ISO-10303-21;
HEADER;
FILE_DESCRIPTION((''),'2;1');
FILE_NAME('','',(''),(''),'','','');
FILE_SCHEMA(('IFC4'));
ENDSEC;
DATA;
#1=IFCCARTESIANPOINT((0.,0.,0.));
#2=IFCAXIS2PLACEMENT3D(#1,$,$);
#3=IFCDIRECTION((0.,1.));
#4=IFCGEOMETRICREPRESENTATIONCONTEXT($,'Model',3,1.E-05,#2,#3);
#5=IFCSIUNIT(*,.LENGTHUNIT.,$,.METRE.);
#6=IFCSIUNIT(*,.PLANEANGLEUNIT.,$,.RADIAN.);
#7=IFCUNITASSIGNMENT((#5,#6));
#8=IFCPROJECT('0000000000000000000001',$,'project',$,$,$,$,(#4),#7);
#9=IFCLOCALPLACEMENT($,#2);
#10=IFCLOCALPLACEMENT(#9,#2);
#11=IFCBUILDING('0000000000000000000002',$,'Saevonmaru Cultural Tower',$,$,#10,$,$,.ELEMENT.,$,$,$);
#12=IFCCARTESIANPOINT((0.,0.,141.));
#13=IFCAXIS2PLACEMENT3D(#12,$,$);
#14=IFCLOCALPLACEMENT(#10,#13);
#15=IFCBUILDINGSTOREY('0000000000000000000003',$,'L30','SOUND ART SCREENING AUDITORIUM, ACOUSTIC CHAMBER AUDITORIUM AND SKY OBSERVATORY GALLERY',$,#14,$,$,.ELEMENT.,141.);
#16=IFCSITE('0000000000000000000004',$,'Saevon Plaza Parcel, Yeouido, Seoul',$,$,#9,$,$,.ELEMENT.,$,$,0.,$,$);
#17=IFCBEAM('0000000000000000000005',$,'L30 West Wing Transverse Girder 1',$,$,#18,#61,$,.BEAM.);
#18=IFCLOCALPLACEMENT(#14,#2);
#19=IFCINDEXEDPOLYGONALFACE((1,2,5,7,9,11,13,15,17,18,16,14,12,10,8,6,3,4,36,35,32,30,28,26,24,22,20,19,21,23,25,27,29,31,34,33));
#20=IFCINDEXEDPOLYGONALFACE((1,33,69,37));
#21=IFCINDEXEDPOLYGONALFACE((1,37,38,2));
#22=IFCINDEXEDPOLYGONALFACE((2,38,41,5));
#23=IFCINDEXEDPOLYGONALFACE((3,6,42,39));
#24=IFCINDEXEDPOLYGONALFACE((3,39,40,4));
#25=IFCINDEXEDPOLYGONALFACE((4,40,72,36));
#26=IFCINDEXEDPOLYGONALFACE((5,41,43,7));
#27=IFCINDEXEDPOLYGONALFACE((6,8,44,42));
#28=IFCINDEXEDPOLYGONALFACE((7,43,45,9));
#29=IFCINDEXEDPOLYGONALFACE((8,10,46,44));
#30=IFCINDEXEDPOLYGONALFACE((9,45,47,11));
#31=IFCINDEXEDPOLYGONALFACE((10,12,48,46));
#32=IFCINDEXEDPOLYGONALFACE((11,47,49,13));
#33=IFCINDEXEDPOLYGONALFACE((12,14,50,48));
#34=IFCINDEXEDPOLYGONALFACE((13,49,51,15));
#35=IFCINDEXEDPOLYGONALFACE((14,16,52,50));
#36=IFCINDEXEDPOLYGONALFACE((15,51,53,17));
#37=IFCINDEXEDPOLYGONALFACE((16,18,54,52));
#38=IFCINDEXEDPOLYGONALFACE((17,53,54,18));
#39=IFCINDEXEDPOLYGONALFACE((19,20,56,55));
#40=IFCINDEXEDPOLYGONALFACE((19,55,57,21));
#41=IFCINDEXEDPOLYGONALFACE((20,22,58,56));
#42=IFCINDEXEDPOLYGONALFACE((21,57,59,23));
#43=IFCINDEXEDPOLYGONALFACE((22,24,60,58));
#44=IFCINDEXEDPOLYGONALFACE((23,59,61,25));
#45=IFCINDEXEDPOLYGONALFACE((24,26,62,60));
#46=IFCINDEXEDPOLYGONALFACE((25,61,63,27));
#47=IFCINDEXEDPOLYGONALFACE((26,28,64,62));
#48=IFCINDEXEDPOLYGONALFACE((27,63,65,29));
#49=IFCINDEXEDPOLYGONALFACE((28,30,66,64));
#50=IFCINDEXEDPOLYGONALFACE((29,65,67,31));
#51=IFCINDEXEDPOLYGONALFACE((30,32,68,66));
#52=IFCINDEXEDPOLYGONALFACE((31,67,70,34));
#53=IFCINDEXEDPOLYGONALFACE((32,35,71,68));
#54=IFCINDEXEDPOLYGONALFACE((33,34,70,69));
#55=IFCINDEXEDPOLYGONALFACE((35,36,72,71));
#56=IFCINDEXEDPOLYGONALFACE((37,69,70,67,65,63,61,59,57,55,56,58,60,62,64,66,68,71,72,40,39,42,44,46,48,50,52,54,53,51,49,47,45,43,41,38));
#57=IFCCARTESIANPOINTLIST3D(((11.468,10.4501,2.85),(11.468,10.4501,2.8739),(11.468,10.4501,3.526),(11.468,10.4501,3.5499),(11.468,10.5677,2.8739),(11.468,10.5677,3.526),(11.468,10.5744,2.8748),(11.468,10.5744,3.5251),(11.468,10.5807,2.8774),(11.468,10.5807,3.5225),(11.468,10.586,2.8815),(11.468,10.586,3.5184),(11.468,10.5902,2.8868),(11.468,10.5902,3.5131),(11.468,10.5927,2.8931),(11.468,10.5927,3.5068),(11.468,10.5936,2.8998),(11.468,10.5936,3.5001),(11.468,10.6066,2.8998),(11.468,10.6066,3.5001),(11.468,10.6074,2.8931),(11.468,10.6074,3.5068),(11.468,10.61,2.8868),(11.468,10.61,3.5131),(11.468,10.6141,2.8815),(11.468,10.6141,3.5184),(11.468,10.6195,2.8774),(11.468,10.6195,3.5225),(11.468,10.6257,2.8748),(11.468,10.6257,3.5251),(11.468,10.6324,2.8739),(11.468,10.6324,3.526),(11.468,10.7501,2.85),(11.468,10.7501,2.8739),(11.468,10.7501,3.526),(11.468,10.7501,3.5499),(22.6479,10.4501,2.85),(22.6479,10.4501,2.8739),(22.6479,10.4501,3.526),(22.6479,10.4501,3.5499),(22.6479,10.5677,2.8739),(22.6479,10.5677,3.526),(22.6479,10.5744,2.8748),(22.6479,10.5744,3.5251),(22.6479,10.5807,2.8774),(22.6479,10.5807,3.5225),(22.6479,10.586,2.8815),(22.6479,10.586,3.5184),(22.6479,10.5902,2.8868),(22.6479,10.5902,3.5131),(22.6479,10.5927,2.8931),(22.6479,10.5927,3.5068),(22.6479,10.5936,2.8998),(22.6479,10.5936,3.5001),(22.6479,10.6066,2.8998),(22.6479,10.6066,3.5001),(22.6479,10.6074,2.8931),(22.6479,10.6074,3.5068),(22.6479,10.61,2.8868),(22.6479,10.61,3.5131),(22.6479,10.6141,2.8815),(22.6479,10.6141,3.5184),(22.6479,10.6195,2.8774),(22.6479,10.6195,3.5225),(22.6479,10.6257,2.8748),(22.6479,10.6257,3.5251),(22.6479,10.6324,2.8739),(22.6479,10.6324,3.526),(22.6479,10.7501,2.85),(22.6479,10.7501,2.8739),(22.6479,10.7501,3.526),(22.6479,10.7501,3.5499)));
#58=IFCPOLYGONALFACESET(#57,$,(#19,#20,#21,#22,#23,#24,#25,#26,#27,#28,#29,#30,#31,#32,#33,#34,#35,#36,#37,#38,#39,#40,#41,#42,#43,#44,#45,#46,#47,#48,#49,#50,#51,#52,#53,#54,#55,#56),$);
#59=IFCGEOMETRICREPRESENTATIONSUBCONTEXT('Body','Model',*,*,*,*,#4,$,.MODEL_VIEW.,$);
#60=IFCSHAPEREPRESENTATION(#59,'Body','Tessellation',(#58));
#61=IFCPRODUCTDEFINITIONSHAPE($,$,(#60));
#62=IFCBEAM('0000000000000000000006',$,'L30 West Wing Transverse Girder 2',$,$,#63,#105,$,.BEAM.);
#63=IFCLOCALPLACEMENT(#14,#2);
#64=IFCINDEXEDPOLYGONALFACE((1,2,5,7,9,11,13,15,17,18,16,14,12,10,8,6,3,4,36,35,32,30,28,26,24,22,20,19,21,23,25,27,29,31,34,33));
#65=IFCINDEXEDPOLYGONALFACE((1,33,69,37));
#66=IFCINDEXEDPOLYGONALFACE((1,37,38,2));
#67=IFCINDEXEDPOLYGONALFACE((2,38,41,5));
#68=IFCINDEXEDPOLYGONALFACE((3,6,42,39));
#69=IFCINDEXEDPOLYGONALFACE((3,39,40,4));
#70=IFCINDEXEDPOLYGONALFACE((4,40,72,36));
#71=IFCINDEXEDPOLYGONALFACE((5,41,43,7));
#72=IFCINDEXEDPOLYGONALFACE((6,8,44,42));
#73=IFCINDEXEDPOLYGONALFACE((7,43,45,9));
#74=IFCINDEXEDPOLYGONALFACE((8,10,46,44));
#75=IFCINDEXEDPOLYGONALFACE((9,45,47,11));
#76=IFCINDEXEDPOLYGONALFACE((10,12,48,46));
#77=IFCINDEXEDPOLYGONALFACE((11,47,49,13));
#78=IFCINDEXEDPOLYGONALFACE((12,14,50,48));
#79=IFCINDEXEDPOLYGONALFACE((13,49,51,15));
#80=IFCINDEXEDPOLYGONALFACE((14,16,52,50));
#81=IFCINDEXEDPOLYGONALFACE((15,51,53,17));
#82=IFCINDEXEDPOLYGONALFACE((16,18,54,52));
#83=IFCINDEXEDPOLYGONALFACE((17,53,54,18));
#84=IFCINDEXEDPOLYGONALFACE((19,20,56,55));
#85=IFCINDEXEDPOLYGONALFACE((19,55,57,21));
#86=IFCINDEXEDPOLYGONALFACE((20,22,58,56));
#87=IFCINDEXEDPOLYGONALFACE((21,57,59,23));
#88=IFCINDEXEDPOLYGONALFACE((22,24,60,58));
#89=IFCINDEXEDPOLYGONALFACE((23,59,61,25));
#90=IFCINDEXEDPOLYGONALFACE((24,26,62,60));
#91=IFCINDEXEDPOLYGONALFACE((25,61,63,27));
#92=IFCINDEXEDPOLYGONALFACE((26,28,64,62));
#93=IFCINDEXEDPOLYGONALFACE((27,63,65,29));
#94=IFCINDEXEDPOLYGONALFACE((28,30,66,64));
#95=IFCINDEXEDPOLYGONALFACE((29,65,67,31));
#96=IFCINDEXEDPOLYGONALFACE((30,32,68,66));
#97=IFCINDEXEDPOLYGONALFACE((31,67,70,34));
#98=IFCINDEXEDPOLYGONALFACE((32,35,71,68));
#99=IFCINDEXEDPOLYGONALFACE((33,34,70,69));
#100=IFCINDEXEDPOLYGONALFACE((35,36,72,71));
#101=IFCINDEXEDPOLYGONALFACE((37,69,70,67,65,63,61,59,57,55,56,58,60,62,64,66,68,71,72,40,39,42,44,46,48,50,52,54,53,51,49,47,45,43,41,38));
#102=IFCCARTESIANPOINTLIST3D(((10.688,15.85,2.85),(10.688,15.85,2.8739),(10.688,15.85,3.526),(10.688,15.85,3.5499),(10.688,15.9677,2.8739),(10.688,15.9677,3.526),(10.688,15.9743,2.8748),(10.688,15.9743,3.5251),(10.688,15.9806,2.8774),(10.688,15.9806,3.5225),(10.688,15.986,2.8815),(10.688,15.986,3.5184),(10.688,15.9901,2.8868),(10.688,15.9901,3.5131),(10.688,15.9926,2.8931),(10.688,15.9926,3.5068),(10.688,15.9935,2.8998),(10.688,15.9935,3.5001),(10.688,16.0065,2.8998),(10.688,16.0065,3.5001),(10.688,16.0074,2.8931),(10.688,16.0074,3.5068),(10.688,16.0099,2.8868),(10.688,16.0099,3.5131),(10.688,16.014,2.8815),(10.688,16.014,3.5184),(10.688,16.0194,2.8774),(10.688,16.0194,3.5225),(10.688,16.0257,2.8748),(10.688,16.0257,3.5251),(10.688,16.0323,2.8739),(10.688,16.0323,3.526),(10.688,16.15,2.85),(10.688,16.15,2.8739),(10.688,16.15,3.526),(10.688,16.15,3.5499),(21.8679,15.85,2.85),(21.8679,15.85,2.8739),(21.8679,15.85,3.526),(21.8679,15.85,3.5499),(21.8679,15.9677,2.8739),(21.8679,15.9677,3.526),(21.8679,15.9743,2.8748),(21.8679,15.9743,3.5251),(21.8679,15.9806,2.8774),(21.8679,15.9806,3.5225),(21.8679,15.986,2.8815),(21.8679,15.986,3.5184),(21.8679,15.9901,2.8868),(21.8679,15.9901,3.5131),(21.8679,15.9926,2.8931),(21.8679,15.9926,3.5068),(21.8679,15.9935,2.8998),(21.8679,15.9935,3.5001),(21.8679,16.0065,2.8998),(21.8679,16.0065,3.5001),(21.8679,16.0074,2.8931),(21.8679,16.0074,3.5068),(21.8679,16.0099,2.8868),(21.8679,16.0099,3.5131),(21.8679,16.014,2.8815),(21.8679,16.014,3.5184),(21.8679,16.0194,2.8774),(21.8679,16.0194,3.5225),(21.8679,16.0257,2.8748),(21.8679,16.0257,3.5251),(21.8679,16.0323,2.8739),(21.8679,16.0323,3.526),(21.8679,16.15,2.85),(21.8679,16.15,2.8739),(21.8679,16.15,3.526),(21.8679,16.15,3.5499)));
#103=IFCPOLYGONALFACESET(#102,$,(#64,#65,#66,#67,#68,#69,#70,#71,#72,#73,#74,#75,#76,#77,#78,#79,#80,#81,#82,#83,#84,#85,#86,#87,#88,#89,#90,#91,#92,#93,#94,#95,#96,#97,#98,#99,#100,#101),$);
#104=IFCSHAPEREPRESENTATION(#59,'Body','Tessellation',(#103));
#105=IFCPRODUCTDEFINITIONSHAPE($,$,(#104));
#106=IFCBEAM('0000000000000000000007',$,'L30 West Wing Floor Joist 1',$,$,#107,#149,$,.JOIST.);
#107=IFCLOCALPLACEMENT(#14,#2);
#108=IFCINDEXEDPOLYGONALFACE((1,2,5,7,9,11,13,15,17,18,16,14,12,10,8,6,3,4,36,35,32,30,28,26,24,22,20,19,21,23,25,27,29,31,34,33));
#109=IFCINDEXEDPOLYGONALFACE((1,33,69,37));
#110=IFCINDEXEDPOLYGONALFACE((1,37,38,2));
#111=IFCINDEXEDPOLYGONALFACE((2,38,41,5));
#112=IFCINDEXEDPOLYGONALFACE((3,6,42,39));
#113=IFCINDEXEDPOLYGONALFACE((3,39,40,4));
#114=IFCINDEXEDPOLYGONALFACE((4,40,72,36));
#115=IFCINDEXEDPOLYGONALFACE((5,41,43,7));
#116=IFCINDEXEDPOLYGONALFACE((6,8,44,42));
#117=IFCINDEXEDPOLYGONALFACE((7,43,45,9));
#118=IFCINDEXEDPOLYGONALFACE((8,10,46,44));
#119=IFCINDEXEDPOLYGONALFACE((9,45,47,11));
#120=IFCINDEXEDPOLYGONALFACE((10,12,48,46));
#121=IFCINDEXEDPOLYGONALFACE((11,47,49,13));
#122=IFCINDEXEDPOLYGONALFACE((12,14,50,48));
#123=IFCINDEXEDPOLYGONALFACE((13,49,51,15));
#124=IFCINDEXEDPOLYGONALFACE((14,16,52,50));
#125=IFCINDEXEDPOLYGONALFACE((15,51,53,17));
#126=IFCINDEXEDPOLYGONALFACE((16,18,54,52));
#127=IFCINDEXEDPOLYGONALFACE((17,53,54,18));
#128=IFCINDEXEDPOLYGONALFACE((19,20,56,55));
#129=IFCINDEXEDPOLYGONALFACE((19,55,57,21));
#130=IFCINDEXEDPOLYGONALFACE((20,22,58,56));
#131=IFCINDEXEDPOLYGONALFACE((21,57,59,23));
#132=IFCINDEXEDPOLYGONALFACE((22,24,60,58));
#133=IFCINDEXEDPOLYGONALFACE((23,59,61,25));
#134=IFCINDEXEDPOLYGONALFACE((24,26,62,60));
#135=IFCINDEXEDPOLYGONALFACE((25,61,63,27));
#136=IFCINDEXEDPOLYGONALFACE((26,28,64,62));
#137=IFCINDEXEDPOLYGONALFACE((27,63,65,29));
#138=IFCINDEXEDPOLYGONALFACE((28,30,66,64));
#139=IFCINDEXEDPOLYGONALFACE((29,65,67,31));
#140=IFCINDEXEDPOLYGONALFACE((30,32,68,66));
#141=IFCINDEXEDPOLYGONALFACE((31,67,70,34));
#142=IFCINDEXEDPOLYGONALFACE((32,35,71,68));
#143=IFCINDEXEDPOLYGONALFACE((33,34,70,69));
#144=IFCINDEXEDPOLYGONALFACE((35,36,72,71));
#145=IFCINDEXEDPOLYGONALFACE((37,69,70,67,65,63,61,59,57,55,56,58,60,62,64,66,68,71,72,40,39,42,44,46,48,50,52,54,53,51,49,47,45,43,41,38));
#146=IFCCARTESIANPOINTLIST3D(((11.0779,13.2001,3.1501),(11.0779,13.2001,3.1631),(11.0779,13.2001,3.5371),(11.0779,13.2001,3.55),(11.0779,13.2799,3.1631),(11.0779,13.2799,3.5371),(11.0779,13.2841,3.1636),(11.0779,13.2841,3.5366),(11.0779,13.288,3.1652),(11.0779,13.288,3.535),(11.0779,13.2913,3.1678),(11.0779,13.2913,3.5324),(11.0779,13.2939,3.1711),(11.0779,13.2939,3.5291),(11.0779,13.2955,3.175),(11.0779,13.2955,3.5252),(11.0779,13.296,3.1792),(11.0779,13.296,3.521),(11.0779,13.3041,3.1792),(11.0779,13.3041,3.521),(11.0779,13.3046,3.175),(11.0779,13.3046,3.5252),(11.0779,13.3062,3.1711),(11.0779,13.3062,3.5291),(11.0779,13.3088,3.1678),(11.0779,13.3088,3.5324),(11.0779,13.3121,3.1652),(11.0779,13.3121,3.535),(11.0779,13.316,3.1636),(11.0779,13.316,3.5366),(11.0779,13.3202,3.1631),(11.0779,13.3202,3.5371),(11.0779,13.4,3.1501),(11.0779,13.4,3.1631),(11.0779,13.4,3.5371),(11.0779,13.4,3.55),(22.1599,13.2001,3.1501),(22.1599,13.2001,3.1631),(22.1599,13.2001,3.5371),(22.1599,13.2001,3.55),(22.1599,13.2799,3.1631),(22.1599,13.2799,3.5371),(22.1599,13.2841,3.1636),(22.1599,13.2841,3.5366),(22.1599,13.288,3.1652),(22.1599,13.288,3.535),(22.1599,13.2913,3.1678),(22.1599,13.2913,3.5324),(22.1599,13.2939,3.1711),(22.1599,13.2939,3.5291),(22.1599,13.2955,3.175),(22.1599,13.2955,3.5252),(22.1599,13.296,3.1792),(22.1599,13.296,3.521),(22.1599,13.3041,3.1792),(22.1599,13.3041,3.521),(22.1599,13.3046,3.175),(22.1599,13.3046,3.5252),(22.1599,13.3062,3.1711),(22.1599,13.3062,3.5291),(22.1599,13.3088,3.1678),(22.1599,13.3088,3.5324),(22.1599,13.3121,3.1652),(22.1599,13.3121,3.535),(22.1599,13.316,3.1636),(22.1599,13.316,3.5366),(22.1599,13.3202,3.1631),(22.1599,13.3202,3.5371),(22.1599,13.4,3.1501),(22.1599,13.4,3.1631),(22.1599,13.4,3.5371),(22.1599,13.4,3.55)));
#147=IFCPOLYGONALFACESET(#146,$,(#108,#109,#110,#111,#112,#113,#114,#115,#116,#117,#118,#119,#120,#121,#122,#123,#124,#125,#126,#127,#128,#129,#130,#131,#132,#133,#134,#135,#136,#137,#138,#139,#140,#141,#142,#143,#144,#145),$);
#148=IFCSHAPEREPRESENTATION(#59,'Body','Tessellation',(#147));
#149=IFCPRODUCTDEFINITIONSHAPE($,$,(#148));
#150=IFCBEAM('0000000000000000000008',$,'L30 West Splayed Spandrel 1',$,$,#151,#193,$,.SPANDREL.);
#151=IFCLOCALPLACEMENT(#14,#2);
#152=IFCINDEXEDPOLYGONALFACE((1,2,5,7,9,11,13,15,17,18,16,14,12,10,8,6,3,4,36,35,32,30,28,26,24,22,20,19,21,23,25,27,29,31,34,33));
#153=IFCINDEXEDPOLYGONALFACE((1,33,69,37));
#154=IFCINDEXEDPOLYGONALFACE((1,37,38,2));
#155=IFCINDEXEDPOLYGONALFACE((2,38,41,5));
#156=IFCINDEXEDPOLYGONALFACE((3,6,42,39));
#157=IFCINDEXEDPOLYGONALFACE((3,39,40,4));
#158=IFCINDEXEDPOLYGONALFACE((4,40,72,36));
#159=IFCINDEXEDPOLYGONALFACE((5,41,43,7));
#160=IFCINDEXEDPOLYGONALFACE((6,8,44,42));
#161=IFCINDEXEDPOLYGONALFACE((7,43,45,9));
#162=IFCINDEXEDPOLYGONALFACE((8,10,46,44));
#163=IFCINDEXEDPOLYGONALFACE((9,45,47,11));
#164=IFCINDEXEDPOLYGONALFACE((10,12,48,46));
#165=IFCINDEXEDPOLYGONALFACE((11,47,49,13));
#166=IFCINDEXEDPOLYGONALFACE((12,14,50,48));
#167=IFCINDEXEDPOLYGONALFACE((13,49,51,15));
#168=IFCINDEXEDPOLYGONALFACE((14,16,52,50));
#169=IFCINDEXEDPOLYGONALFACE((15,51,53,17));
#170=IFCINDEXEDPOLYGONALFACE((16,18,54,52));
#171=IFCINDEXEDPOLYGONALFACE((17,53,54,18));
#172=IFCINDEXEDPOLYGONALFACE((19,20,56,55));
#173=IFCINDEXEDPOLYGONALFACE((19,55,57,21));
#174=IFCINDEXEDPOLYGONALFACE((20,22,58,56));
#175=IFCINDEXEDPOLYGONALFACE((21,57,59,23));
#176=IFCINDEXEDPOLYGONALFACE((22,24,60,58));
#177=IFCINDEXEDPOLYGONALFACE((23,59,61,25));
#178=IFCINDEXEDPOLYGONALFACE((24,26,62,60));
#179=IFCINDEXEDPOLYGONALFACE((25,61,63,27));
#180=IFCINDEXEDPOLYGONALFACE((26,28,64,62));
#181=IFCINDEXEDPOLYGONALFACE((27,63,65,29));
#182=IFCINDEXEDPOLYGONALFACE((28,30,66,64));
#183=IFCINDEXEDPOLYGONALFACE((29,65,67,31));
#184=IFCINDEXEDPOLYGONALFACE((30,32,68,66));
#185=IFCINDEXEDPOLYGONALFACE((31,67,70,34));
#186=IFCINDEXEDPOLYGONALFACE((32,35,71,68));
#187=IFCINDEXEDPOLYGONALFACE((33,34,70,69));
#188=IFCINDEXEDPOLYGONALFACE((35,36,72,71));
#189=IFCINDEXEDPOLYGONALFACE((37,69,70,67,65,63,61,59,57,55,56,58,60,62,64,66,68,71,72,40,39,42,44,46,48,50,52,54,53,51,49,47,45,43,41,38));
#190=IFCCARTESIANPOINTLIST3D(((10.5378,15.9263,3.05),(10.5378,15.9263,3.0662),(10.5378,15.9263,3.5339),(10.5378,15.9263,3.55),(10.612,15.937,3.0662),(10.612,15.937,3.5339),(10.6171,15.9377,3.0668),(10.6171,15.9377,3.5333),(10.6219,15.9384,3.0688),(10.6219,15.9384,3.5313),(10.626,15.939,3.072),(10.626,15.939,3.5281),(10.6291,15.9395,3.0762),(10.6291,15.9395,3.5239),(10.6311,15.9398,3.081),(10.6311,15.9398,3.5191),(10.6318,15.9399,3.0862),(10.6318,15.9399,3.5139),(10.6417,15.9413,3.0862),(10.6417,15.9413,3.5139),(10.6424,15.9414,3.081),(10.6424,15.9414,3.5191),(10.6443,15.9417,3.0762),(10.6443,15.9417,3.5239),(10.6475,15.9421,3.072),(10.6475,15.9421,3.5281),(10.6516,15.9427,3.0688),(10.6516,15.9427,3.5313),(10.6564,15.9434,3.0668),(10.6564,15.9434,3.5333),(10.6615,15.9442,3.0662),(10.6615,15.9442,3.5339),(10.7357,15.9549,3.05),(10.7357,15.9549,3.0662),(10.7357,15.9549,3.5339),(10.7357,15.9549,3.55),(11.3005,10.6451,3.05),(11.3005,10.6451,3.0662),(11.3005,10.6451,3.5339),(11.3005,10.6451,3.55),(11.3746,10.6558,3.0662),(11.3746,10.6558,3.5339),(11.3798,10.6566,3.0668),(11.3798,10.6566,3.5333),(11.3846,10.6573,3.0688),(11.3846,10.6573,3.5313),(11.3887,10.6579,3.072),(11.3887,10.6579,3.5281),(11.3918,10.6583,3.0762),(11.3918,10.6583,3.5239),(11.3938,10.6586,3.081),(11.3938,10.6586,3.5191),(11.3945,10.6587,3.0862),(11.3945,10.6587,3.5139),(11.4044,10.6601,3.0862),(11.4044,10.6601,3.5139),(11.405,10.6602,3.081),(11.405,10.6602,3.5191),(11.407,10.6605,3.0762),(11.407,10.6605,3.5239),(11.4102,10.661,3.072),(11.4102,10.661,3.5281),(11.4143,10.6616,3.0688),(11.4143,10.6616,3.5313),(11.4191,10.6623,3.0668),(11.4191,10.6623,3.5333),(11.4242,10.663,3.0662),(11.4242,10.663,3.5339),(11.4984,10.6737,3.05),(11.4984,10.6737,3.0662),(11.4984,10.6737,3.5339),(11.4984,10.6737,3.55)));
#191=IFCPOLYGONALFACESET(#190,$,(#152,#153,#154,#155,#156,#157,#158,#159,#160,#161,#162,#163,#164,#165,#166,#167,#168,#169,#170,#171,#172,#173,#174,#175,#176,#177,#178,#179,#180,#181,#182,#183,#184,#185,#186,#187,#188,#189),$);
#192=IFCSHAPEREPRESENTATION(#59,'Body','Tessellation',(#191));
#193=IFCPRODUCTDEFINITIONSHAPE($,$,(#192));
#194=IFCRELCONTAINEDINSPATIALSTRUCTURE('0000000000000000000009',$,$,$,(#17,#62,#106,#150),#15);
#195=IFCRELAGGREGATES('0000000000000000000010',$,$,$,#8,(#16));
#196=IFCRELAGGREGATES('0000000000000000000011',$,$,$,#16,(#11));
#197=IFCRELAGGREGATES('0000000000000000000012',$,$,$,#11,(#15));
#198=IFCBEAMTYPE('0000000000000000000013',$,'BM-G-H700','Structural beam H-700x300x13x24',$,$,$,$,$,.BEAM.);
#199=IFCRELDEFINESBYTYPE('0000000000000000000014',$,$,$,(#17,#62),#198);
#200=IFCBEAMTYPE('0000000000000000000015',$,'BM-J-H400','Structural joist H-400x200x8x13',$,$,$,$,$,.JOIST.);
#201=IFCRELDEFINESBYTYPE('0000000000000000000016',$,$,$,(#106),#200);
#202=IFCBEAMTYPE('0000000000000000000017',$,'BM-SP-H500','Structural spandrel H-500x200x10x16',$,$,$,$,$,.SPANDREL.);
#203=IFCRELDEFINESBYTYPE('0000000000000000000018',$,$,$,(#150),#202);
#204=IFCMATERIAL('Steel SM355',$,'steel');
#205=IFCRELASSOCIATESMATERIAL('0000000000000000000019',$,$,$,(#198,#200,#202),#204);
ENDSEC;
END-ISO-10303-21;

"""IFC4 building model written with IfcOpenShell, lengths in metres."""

from ifc_helpers import new_model, si_unit, direction, frame, origin, origin_2d, place, context, subcontext, project, spatial, i_section, extrude, material, material_profile, profile_set, type_object, element, save


model = new_model("IFC4")

# Units and contexts
model_context = context("Model", 3, precision=1e-05, world=origin(), true_north=direction((0.0, 1.0)))
body_context = subcontext(model_context, "Body", "Model", "MODEL_VIEW")
ifc_project = project(units=[si_unit("LENGTHUNIT", "METRE"), si_unit("PLANEANGLEUNIT", "RADIAN")], contexts=[model_context])

# Site, building, storey
site_placement = place(None, origin())
site = spatial("IfcSite", under=ifc_project, at=site_placement, Name="Saevon Plaza Parcel, Yeouido, Seoul", CompositionType="ELEMENT", RefElevation=0.0)
building_placement = place(site_placement, origin())
building = spatial("IfcBuilding", under=site, at=building_placement, Name="Saevonmaru Cultural Tower", CompositionType="ELEMENT")
storey_placement = place(building_placement, frame((0.0, 0.0, 141.0)))
storey = spatial("IfcBuildingStorey", under=building, at=storey_placement, Name="L30", Description="SOUND ART SCREENING AUDITORIUM, ACOUSTIC CHAMBER AUDITORIUM AND SKY OBSERVATORY GALLERY", CompositionType="ELEMENT", Elevation=141.0)

# Shared definitions
ifc_material_1 = material(Name="Steel SM355", Category="steel")

# Beams
ifc_material_profile_1 = material_profile(ifc_material_1, i_section(OverallWidth=0.3, OverallDepth=0.7, WebThickness=0.0129, FlangeThickness=0.0239, FilletRadius=0.0259, at=origin_2d()), Name="H-700x300x13x24")
ifc_profile_set_1 = profile_set([ifc_material_profile_1], Name="Steel SM355")
beam_type_1 = type_object("IfcBeamType", Name="BM-G-H700", Description="Structural beam H-700x300x13x24", PredefinedType="BEAM", material=ifc_profile_set_1)
for number, where, z_axis, x_axis, name in (
    (1, (11.468, 10.6001, 3.2), (1.0, 0.0, 0.0), (0.0, 1.0, 0.0), "L30 West Wing Transverse Girder 1"),
    (2, (10.688, 16.0, 3.2), (1.0, 0.0, 0.0), (0.0, 1.0, 0.0), "L30 West Wing Transverse Girder 2"),
):
    element("IfcBeam", number, at=place(storey_placement, frame(where, z_axis=z_axis, x_axis=x_axis)), inside=storey, type_object=beam_type_1, Name=name, PredefinedType="BEAM", context=body_context, shape_type="SweptSolid", body=[
        extrude(i_section(OverallWidth=0.3, OverallDepth=0.7, WebThickness=0.0129, FlangeThickness=0.0239, FilletRadius=0.0259, at=origin_2d()), origin(), (0.0, 0.0, 1.0), 11.1799),
    ])
ifc_material_profile_2 = material_profile(ifc_material_1, i_section(OverallWidth=0.2, OverallDepth=0.3999, WebThickness=0.0081, FlangeThickness=0.0129, FilletRadius=0.0161, at=origin_2d()), Name="H-400x200x8x13")
ifc_profile_set_2 = profile_set([ifc_material_profile_2], Name="Steel SM355")
beam_type_2 = type_object("IfcBeamType", Name="BM-J-H400", Description="Structural joist H-400x200x8x13", PredefinedType="JOIST", material=ifc_profile_set_2)
beam_1_placement = place(storey_placement, frame((11.0779, 13.3, 3.3501), z_axis=(1.0, 0.0, 0.0), x_axis=(0.0, 1.0, 0.0)))
element("IfcBeam", 3, at=beam_1_placement, inside=storey, type_object=beam_type_2, Name="L30 West Wing Floor Joist 1", PredefinedType="JOIST", context=body_context, shape_type="SweptSolid", body=[
    extrude(i_section(OverallWidth=0.2, OverallDepth=0.3999, WebThickness=0.0081, FlangeThickness=0.0129, FilletRadius=0.0161, at=origin_2d()), origin(), (0.0, 0.0, 1.0), 11.082),
])
ifc_material_profile_3 = material_profile(ifc_material_1, i_section(OverallWidth=0.2, OverallDepth=0.5, WebThickness=0.01, FlangeThickness=0.0161, FilletRadius=0.02, at=origin_2d()), Name="H-500x200x10x16")
ifc_profile_set_3 = profile_set([ifc_material_profile_3], Name="Steel SM355")
beam_type_3 = type_object("IfcBeamType", Name="BM-SP-H500", Description="Structural spandrel H-500x200x10x16", PredefinedType="SPANDREL", material=ifc_profile_set_3)
beam_2_placement = place(storey_placement, frame((11.3994, 10.6594, 3.3), z_axis=(-0.142933, 0.989732, 0.0), x_axis=(-0.989732, -0.142933, 0.0)))
element("IfcBeam", 4, at=beam_2_placement, inside=storey, type_object=beam_type_3, Name="L30 West Splayed Spandrel 1", PredefinedType="SPANDREL", context=body_context, shape_type="SweptSolid", body=[
    extrude(i_section(OverallWidth=0.2, OverallDepth=0.5, WebThickness=0.01, FlangeThickness=0.0161, FilletRadius=0.02, at=origin_2d()), origin(), (0.0, 0.0, 1.0), 5.3359),
])

save(model, "model.ifc")
